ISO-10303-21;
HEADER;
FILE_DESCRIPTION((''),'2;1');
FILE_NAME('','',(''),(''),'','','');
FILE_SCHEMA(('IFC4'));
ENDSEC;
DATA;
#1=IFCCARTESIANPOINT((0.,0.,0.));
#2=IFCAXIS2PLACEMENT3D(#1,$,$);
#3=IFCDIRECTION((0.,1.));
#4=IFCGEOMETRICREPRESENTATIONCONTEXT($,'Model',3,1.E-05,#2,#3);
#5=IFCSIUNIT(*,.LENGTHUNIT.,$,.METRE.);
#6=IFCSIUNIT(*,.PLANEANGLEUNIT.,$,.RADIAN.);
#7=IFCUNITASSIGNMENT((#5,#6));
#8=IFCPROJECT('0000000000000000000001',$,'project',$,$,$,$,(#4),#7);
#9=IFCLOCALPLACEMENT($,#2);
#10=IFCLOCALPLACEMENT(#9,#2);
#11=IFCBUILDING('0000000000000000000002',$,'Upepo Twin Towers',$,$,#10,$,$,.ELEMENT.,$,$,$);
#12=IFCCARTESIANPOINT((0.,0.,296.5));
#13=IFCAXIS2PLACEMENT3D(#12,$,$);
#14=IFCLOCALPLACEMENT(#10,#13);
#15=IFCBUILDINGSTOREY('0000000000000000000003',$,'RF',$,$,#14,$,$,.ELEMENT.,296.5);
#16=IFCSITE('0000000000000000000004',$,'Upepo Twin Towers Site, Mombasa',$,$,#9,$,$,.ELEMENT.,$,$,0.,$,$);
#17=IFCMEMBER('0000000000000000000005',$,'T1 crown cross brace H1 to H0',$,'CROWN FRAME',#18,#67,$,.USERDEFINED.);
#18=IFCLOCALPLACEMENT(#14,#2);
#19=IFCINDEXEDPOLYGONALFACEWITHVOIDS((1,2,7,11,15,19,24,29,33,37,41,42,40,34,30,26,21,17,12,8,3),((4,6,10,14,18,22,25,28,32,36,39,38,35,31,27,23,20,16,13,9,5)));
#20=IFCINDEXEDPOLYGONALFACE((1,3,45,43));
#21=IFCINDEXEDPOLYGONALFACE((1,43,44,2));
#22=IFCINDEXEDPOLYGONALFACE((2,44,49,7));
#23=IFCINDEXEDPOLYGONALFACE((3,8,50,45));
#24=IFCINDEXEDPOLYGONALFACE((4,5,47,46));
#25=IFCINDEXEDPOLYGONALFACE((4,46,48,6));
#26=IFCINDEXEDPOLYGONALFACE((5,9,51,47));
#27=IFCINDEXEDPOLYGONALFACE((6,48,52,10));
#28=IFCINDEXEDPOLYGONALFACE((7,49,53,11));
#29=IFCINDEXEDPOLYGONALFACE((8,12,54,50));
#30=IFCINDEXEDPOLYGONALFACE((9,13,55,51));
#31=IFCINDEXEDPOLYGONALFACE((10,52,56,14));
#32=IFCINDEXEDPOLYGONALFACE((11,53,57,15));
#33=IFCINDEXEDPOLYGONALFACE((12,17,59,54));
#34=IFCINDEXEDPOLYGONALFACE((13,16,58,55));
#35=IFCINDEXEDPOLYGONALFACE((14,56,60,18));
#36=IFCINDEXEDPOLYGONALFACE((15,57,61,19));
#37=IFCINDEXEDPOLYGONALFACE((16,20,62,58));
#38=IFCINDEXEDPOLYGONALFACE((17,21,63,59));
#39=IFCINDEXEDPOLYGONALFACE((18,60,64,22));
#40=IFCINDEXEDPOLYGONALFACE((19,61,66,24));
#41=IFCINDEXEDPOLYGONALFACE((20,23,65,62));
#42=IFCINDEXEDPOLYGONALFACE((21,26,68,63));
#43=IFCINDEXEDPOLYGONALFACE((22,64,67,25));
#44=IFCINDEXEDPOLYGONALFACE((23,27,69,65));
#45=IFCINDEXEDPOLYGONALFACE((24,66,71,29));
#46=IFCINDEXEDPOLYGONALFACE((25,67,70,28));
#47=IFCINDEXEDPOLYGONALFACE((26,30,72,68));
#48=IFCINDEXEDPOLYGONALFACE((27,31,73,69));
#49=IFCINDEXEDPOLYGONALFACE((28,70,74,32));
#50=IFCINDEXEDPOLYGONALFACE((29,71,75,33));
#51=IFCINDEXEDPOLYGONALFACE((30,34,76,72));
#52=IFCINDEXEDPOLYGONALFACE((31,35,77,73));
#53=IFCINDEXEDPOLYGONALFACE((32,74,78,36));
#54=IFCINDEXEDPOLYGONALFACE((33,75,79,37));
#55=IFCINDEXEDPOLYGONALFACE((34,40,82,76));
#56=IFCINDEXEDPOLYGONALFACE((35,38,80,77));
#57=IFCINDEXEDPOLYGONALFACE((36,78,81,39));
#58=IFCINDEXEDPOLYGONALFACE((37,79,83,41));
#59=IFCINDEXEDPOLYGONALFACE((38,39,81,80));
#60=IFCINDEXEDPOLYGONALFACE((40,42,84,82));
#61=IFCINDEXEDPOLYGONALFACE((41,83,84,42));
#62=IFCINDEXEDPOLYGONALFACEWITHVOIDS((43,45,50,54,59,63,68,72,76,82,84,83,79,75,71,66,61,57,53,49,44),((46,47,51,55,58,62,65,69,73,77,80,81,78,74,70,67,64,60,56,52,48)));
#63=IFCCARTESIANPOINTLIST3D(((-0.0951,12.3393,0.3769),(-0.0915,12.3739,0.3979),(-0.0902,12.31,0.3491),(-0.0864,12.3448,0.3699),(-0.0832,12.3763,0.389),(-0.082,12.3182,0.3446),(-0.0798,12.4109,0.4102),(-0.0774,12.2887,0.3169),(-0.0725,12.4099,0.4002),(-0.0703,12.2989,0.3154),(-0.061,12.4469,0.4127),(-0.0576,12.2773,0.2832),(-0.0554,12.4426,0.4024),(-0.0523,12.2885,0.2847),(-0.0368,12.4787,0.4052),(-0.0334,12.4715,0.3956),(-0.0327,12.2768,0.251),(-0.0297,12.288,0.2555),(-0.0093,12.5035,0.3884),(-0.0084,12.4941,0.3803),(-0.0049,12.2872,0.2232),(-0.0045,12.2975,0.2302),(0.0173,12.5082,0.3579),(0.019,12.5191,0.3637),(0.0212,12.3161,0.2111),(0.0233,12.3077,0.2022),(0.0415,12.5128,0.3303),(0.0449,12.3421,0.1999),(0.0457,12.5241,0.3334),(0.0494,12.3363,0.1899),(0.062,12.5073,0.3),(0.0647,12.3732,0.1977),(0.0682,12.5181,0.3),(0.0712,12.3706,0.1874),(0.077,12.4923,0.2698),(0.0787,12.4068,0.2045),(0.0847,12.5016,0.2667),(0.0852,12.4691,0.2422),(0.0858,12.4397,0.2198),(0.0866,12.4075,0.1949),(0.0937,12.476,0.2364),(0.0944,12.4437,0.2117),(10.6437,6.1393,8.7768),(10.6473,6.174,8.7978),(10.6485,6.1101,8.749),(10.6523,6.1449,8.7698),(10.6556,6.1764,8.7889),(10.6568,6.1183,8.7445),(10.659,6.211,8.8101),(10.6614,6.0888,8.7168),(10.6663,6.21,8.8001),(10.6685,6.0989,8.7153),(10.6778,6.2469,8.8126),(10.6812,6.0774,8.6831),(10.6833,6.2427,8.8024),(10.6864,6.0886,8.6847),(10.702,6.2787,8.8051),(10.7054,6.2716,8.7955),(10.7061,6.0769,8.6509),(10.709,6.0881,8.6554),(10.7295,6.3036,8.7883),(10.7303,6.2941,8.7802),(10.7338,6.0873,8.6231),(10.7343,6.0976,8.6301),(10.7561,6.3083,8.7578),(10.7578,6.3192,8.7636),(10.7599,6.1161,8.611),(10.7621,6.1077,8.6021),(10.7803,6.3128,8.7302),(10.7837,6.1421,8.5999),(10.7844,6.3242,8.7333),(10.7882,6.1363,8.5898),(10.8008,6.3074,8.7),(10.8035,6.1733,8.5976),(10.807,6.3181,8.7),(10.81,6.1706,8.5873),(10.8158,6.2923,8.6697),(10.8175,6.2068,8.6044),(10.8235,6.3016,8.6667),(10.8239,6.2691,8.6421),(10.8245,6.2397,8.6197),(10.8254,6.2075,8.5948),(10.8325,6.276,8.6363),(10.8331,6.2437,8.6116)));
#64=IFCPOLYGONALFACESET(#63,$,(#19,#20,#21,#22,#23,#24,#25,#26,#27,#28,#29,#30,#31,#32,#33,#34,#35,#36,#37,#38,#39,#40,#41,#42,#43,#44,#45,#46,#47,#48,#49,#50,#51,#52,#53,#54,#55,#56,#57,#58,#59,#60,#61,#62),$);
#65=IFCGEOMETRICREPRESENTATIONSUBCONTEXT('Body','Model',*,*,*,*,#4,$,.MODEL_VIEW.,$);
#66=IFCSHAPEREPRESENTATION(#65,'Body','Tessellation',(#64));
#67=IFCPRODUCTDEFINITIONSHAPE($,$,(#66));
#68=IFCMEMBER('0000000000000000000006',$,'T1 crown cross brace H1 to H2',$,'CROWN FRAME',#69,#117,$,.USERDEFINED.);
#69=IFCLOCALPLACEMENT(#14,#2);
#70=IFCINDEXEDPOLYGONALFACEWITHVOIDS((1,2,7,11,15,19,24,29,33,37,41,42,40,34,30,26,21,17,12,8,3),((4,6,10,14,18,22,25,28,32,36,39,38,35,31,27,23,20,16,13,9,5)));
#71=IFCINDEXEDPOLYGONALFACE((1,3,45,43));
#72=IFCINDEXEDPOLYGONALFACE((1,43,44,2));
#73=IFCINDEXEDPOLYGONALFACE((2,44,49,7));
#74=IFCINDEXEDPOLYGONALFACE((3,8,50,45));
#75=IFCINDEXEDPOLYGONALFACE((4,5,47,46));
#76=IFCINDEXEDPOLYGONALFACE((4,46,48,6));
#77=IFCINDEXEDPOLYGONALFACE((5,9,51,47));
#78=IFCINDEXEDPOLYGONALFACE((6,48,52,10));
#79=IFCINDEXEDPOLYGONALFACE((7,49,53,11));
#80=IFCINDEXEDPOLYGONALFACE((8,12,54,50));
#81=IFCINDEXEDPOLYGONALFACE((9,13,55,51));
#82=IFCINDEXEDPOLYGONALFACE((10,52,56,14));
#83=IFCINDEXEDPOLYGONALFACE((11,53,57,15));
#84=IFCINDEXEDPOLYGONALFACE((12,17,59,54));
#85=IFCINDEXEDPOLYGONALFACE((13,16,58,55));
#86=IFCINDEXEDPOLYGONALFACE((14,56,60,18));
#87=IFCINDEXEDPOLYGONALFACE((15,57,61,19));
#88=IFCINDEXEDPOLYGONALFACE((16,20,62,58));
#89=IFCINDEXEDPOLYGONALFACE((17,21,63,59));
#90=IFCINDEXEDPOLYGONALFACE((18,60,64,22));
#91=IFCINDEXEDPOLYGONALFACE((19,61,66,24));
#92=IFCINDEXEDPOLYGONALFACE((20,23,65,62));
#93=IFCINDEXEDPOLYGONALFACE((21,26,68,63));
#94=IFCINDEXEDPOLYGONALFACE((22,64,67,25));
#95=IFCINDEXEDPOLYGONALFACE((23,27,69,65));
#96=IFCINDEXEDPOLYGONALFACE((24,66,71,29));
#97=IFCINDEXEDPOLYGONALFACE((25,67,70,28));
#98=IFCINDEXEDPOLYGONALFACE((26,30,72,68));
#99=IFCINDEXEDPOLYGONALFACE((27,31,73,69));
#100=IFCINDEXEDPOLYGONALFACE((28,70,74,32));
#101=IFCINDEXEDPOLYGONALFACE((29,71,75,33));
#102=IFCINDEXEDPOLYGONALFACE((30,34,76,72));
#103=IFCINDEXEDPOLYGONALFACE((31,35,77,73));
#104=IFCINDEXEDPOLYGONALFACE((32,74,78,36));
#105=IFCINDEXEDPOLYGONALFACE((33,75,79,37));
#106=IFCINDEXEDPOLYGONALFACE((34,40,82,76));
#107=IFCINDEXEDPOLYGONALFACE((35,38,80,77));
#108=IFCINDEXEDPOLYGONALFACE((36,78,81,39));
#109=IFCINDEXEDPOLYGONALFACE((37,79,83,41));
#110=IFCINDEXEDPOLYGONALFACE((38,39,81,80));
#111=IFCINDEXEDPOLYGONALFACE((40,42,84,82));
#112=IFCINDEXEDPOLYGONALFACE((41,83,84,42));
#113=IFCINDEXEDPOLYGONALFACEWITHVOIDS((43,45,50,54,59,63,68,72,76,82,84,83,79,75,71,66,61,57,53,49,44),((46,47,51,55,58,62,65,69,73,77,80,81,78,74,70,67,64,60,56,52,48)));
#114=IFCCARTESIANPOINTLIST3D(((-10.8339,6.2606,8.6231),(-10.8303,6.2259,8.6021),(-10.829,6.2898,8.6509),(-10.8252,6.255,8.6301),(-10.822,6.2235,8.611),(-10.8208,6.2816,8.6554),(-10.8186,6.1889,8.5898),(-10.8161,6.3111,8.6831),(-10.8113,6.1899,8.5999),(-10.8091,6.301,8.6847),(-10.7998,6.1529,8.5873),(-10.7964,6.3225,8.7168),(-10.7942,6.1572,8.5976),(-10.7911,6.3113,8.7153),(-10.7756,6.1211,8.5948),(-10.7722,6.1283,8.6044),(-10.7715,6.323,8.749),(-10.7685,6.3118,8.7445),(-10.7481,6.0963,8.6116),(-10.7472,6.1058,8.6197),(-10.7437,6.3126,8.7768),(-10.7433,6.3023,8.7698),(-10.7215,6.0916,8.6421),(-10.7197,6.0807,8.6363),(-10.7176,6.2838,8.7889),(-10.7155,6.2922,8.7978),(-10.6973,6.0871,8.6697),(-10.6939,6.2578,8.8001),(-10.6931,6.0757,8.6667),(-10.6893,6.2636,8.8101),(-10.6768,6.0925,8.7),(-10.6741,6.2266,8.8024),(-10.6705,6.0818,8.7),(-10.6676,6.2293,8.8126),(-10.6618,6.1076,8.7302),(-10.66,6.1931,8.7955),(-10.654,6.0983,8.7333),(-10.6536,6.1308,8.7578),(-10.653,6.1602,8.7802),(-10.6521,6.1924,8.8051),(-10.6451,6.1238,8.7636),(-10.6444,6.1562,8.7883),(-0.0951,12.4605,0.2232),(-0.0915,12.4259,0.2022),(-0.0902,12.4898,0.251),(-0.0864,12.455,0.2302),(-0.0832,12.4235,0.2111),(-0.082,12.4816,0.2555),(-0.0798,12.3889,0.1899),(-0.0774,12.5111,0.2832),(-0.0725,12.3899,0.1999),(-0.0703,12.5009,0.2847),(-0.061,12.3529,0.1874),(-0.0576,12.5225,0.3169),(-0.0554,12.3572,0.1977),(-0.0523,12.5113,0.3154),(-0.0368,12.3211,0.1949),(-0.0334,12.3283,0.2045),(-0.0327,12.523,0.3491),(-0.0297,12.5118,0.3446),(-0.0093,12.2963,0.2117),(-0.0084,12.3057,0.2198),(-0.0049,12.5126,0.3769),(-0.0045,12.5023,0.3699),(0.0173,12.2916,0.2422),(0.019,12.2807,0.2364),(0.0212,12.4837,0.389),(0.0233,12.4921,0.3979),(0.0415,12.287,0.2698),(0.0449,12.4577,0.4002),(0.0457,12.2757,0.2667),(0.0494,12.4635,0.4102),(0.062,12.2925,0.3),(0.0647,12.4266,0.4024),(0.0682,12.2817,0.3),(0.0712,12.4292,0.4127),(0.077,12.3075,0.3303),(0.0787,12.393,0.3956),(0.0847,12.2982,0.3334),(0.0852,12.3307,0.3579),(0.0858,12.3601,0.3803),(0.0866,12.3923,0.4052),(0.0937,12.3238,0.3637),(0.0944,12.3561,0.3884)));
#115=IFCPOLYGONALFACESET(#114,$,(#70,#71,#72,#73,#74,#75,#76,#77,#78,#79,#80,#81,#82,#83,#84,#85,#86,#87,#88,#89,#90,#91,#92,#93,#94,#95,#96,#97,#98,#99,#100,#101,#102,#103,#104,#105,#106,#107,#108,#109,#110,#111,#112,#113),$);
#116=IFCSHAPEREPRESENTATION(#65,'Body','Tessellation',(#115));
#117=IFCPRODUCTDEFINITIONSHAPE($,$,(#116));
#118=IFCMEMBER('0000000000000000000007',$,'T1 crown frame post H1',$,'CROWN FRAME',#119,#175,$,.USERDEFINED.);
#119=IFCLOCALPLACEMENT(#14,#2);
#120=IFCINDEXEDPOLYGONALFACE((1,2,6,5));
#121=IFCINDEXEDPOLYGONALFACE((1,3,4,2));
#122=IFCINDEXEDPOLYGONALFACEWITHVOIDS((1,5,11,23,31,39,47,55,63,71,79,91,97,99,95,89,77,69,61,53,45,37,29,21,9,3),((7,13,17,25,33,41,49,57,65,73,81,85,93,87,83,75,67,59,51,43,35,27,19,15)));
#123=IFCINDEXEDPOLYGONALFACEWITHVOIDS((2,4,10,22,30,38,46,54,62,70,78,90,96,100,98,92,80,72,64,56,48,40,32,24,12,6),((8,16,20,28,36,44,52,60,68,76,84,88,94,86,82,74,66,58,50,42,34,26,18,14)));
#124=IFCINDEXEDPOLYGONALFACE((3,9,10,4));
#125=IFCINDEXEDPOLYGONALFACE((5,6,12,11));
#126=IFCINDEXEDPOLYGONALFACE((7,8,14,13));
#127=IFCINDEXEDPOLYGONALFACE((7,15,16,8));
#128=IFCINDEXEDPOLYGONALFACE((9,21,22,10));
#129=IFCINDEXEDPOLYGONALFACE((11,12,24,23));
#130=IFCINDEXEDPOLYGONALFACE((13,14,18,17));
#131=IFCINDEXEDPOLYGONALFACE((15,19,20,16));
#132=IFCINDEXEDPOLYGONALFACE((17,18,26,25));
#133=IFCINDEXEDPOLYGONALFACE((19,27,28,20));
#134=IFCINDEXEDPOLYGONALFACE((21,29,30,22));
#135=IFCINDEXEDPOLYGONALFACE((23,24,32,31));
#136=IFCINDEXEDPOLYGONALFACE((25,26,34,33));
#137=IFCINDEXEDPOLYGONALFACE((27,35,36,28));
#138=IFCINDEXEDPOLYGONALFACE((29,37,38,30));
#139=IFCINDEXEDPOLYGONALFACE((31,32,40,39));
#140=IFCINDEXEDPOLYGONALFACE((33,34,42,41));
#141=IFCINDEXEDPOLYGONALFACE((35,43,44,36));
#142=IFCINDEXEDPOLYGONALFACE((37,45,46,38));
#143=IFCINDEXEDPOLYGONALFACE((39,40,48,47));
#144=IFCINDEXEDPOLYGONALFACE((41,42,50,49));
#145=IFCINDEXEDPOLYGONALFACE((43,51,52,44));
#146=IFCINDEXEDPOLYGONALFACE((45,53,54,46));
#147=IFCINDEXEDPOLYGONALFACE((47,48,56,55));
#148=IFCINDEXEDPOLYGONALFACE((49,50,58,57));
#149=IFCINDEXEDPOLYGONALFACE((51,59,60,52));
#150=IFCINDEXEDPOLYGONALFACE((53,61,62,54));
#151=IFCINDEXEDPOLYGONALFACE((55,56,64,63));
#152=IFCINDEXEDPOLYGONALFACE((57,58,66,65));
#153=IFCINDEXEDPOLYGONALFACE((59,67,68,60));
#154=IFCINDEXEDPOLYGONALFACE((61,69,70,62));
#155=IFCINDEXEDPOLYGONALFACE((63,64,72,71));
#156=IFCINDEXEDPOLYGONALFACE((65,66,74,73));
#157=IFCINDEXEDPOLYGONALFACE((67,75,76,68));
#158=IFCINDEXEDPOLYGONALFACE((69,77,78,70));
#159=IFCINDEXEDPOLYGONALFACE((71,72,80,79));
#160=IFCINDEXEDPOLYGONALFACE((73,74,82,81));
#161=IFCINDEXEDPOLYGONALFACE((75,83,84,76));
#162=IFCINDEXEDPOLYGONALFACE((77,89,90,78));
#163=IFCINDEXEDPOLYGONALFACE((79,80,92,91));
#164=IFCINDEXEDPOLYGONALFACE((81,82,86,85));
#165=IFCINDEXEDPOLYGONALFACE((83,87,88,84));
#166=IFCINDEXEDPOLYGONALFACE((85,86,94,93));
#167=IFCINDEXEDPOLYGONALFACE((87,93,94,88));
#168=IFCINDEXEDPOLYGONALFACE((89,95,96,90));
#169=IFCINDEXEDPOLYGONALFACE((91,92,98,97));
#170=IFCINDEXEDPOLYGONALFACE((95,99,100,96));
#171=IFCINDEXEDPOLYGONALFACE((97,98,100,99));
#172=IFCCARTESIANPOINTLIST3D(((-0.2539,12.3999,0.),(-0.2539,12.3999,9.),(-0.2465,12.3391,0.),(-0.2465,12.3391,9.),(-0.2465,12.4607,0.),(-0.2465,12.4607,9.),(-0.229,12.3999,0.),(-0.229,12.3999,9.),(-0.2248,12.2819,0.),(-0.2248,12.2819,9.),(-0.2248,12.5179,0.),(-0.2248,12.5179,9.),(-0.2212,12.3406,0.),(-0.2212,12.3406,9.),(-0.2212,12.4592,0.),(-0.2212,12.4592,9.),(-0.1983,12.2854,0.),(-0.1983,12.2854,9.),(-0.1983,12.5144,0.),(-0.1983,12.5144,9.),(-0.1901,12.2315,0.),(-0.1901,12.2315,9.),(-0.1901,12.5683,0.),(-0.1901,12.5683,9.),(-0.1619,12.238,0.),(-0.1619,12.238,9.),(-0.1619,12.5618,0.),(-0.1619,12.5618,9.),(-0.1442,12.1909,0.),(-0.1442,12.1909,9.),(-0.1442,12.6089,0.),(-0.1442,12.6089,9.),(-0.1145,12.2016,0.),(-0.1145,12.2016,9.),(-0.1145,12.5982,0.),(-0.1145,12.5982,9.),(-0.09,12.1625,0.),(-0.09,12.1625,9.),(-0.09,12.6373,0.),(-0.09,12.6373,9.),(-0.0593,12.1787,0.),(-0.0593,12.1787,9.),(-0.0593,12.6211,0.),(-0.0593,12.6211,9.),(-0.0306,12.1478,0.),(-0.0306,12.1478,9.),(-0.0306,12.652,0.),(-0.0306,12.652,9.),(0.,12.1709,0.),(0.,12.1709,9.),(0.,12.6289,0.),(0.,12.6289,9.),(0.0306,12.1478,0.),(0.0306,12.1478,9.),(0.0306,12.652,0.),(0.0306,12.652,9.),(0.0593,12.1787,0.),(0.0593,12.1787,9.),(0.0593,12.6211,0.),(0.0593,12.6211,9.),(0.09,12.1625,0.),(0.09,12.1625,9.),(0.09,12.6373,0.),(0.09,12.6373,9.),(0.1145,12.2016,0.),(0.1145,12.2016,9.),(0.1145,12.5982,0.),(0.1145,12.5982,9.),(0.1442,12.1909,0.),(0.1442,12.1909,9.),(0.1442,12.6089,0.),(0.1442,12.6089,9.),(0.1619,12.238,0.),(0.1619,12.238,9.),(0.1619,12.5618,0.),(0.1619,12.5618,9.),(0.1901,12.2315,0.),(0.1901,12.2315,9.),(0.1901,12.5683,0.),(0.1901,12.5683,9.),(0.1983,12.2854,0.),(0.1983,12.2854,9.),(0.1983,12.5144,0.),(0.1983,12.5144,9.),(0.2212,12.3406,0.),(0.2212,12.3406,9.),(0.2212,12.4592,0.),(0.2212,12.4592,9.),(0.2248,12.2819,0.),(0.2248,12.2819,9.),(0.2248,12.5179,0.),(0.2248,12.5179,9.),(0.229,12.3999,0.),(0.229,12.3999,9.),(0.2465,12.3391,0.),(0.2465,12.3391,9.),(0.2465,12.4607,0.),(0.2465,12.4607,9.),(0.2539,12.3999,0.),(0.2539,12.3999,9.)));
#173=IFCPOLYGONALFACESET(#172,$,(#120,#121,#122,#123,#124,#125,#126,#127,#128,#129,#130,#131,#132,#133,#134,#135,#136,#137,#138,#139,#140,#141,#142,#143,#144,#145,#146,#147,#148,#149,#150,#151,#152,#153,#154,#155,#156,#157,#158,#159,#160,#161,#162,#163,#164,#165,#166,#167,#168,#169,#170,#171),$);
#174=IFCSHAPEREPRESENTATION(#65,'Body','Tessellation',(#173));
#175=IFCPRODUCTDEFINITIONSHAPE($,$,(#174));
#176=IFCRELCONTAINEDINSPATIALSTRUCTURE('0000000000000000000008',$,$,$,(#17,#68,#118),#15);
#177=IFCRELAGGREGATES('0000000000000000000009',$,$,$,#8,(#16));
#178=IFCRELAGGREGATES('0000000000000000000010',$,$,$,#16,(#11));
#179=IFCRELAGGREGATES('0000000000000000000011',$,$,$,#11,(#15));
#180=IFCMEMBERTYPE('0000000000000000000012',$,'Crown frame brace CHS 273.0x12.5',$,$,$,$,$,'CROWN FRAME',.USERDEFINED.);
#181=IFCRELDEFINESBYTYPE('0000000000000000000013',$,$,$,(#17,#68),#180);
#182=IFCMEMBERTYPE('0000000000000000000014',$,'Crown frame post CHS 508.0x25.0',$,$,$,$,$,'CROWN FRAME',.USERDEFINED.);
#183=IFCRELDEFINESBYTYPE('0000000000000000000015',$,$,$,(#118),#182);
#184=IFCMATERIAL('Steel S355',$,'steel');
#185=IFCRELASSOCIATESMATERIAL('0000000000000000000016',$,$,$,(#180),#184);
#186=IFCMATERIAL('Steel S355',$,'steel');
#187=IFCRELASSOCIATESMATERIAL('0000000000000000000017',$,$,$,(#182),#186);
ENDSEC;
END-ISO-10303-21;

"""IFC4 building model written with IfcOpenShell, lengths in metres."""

from ifc_helpers import new_model, si_unit, direction, frame, origin, origin_2d, place, context, subcontext, project, spatial, hollow_circle, extrude, material, material_profile, profile_set, type_object, element, save


model = new_model("IFC4")

# Units and contexts
model_context = context("Model", 3, precision=1e-05, world=origin(), true_north=direction((0.0, 1.0)))
body_context = subcontext(model_context, "Body", "Model", "MODEL_VIEW")
ifc_project = project(units=[si_unit("LENGTHUNIT", "METRE"), si_unit("PLANEANGLEUNIT", "RADIAN")], contexts=[model_context])

# Site, building, storey
site_placement = place(None, origin())
site = spatial("IfcSite", under=ifc_project, at=site_placement, Name="Upepo Twin Towers Site, Mombasa", CompositionType="ELEMENT", RefElevation=0.0)
building_placement = place(site_placement, origin())
building = spatial("IfcBuilding", under=site, at=building_placement, Name="Upepo Twin Towers", CompositionType="ELEMENT")
storey_placement = place(building_placement, frame((0.0, 0.0, 296.5)))
storey = spatial("IfcBuildingStorey", under=building, at=storey_placement, Name="RF", CompositionType="ELEMENT", Elevation=296.5)

# Members
ifc_material_1 = material(Name="Steel S355", Category="steel")
ifc_material_profile_1 = material_profile(ifc_material_1, hollow_circle(Radius=0.1365, WallThickness=0.0125, at=origin_2d()), Name="CHS 273.0x12.5")
ifc_profile_set_1 = profile_set([ifc_material_profile_1], Name="Steel S355")
member_type_1 = type_object("IfcMemberType", Name="Crown frame brace CHS 273.0x12.5", ElementType="CROWN FRAME", PredefinedType="USERDEFINED", material=ifc_profile_set_1)
for number, where, z_axis, x_axis, name in (
    (1, (0.0, 12.3999, 0.3), (0.717004, -0.413957, 0.560843), (0.499995, 0.866028, 0.0), "T1 crown cross brace H1 to H0"),
    (2, (0.0, 12.3999, 0.3), (-0.717004, -0.413957, 0.560843), (0.499995, -0.866028, 0.0), "T1 crown cross brace H1 to H2"),
):
    element("IfcMember", number, at=place(storey_placement, frame(where, z_axis=z_axis, x_axis=x_axis)), inside=storey, type_object=member_type_1, Name=name, ObjectType="CROWN FRAME", PredefinedType="USERDEFINED", context=body_context, shape_type="SweptSolid", body=[
        extrude(hollow_circle(Radius=0.1365, WallThickness=0.0125, at=origin_2d()), origin(), (0.0, 0.0, 1.0), 14.9773),
    ])
ifc_material_2 = material(Name="Steel S355", Category="steel")
ifc_material_profile_2 = material_profile(ifc_material_2, hollow_circle(Radius=0.2539, WallThickness=0.0249, at=origin_2d()), Name="CHS 508.0x25.0")
ifc_profile_set_2 = profile_set([ifc_material_profile_2], Name="Steel S355")
member_type_2 = type_object("IfcMemberType", Name="Crown frame post CHS 508.0x25.0", ElementType="CROWN FRAME", PredefinedType="USERDEFINED", material=ifc_profile_set_2)
member_placement = place(storey_placement, frame((0.0, 12.3999, 0.0), z_axis=(0.0, 0.0, 1.0), x_axis=(1.0, 0.0, 0.0)))
element("IfcMember", 3, at=member_placement, inside=storey, type_object=member_type_2, Name="T1 crown frame post H1", ObjectType="CROWN FRAME", PredefinedType="USERDEFINED", context=body_context, shape_type="SweptSolid", body=[
    extrude(hollow_circle(Radius=0.2539, WallThickness=0.0249, at=origin_2d()), origin(), (0.0, 0.0, 1.0), 9.0),
])

save(model, "model.ifc")
